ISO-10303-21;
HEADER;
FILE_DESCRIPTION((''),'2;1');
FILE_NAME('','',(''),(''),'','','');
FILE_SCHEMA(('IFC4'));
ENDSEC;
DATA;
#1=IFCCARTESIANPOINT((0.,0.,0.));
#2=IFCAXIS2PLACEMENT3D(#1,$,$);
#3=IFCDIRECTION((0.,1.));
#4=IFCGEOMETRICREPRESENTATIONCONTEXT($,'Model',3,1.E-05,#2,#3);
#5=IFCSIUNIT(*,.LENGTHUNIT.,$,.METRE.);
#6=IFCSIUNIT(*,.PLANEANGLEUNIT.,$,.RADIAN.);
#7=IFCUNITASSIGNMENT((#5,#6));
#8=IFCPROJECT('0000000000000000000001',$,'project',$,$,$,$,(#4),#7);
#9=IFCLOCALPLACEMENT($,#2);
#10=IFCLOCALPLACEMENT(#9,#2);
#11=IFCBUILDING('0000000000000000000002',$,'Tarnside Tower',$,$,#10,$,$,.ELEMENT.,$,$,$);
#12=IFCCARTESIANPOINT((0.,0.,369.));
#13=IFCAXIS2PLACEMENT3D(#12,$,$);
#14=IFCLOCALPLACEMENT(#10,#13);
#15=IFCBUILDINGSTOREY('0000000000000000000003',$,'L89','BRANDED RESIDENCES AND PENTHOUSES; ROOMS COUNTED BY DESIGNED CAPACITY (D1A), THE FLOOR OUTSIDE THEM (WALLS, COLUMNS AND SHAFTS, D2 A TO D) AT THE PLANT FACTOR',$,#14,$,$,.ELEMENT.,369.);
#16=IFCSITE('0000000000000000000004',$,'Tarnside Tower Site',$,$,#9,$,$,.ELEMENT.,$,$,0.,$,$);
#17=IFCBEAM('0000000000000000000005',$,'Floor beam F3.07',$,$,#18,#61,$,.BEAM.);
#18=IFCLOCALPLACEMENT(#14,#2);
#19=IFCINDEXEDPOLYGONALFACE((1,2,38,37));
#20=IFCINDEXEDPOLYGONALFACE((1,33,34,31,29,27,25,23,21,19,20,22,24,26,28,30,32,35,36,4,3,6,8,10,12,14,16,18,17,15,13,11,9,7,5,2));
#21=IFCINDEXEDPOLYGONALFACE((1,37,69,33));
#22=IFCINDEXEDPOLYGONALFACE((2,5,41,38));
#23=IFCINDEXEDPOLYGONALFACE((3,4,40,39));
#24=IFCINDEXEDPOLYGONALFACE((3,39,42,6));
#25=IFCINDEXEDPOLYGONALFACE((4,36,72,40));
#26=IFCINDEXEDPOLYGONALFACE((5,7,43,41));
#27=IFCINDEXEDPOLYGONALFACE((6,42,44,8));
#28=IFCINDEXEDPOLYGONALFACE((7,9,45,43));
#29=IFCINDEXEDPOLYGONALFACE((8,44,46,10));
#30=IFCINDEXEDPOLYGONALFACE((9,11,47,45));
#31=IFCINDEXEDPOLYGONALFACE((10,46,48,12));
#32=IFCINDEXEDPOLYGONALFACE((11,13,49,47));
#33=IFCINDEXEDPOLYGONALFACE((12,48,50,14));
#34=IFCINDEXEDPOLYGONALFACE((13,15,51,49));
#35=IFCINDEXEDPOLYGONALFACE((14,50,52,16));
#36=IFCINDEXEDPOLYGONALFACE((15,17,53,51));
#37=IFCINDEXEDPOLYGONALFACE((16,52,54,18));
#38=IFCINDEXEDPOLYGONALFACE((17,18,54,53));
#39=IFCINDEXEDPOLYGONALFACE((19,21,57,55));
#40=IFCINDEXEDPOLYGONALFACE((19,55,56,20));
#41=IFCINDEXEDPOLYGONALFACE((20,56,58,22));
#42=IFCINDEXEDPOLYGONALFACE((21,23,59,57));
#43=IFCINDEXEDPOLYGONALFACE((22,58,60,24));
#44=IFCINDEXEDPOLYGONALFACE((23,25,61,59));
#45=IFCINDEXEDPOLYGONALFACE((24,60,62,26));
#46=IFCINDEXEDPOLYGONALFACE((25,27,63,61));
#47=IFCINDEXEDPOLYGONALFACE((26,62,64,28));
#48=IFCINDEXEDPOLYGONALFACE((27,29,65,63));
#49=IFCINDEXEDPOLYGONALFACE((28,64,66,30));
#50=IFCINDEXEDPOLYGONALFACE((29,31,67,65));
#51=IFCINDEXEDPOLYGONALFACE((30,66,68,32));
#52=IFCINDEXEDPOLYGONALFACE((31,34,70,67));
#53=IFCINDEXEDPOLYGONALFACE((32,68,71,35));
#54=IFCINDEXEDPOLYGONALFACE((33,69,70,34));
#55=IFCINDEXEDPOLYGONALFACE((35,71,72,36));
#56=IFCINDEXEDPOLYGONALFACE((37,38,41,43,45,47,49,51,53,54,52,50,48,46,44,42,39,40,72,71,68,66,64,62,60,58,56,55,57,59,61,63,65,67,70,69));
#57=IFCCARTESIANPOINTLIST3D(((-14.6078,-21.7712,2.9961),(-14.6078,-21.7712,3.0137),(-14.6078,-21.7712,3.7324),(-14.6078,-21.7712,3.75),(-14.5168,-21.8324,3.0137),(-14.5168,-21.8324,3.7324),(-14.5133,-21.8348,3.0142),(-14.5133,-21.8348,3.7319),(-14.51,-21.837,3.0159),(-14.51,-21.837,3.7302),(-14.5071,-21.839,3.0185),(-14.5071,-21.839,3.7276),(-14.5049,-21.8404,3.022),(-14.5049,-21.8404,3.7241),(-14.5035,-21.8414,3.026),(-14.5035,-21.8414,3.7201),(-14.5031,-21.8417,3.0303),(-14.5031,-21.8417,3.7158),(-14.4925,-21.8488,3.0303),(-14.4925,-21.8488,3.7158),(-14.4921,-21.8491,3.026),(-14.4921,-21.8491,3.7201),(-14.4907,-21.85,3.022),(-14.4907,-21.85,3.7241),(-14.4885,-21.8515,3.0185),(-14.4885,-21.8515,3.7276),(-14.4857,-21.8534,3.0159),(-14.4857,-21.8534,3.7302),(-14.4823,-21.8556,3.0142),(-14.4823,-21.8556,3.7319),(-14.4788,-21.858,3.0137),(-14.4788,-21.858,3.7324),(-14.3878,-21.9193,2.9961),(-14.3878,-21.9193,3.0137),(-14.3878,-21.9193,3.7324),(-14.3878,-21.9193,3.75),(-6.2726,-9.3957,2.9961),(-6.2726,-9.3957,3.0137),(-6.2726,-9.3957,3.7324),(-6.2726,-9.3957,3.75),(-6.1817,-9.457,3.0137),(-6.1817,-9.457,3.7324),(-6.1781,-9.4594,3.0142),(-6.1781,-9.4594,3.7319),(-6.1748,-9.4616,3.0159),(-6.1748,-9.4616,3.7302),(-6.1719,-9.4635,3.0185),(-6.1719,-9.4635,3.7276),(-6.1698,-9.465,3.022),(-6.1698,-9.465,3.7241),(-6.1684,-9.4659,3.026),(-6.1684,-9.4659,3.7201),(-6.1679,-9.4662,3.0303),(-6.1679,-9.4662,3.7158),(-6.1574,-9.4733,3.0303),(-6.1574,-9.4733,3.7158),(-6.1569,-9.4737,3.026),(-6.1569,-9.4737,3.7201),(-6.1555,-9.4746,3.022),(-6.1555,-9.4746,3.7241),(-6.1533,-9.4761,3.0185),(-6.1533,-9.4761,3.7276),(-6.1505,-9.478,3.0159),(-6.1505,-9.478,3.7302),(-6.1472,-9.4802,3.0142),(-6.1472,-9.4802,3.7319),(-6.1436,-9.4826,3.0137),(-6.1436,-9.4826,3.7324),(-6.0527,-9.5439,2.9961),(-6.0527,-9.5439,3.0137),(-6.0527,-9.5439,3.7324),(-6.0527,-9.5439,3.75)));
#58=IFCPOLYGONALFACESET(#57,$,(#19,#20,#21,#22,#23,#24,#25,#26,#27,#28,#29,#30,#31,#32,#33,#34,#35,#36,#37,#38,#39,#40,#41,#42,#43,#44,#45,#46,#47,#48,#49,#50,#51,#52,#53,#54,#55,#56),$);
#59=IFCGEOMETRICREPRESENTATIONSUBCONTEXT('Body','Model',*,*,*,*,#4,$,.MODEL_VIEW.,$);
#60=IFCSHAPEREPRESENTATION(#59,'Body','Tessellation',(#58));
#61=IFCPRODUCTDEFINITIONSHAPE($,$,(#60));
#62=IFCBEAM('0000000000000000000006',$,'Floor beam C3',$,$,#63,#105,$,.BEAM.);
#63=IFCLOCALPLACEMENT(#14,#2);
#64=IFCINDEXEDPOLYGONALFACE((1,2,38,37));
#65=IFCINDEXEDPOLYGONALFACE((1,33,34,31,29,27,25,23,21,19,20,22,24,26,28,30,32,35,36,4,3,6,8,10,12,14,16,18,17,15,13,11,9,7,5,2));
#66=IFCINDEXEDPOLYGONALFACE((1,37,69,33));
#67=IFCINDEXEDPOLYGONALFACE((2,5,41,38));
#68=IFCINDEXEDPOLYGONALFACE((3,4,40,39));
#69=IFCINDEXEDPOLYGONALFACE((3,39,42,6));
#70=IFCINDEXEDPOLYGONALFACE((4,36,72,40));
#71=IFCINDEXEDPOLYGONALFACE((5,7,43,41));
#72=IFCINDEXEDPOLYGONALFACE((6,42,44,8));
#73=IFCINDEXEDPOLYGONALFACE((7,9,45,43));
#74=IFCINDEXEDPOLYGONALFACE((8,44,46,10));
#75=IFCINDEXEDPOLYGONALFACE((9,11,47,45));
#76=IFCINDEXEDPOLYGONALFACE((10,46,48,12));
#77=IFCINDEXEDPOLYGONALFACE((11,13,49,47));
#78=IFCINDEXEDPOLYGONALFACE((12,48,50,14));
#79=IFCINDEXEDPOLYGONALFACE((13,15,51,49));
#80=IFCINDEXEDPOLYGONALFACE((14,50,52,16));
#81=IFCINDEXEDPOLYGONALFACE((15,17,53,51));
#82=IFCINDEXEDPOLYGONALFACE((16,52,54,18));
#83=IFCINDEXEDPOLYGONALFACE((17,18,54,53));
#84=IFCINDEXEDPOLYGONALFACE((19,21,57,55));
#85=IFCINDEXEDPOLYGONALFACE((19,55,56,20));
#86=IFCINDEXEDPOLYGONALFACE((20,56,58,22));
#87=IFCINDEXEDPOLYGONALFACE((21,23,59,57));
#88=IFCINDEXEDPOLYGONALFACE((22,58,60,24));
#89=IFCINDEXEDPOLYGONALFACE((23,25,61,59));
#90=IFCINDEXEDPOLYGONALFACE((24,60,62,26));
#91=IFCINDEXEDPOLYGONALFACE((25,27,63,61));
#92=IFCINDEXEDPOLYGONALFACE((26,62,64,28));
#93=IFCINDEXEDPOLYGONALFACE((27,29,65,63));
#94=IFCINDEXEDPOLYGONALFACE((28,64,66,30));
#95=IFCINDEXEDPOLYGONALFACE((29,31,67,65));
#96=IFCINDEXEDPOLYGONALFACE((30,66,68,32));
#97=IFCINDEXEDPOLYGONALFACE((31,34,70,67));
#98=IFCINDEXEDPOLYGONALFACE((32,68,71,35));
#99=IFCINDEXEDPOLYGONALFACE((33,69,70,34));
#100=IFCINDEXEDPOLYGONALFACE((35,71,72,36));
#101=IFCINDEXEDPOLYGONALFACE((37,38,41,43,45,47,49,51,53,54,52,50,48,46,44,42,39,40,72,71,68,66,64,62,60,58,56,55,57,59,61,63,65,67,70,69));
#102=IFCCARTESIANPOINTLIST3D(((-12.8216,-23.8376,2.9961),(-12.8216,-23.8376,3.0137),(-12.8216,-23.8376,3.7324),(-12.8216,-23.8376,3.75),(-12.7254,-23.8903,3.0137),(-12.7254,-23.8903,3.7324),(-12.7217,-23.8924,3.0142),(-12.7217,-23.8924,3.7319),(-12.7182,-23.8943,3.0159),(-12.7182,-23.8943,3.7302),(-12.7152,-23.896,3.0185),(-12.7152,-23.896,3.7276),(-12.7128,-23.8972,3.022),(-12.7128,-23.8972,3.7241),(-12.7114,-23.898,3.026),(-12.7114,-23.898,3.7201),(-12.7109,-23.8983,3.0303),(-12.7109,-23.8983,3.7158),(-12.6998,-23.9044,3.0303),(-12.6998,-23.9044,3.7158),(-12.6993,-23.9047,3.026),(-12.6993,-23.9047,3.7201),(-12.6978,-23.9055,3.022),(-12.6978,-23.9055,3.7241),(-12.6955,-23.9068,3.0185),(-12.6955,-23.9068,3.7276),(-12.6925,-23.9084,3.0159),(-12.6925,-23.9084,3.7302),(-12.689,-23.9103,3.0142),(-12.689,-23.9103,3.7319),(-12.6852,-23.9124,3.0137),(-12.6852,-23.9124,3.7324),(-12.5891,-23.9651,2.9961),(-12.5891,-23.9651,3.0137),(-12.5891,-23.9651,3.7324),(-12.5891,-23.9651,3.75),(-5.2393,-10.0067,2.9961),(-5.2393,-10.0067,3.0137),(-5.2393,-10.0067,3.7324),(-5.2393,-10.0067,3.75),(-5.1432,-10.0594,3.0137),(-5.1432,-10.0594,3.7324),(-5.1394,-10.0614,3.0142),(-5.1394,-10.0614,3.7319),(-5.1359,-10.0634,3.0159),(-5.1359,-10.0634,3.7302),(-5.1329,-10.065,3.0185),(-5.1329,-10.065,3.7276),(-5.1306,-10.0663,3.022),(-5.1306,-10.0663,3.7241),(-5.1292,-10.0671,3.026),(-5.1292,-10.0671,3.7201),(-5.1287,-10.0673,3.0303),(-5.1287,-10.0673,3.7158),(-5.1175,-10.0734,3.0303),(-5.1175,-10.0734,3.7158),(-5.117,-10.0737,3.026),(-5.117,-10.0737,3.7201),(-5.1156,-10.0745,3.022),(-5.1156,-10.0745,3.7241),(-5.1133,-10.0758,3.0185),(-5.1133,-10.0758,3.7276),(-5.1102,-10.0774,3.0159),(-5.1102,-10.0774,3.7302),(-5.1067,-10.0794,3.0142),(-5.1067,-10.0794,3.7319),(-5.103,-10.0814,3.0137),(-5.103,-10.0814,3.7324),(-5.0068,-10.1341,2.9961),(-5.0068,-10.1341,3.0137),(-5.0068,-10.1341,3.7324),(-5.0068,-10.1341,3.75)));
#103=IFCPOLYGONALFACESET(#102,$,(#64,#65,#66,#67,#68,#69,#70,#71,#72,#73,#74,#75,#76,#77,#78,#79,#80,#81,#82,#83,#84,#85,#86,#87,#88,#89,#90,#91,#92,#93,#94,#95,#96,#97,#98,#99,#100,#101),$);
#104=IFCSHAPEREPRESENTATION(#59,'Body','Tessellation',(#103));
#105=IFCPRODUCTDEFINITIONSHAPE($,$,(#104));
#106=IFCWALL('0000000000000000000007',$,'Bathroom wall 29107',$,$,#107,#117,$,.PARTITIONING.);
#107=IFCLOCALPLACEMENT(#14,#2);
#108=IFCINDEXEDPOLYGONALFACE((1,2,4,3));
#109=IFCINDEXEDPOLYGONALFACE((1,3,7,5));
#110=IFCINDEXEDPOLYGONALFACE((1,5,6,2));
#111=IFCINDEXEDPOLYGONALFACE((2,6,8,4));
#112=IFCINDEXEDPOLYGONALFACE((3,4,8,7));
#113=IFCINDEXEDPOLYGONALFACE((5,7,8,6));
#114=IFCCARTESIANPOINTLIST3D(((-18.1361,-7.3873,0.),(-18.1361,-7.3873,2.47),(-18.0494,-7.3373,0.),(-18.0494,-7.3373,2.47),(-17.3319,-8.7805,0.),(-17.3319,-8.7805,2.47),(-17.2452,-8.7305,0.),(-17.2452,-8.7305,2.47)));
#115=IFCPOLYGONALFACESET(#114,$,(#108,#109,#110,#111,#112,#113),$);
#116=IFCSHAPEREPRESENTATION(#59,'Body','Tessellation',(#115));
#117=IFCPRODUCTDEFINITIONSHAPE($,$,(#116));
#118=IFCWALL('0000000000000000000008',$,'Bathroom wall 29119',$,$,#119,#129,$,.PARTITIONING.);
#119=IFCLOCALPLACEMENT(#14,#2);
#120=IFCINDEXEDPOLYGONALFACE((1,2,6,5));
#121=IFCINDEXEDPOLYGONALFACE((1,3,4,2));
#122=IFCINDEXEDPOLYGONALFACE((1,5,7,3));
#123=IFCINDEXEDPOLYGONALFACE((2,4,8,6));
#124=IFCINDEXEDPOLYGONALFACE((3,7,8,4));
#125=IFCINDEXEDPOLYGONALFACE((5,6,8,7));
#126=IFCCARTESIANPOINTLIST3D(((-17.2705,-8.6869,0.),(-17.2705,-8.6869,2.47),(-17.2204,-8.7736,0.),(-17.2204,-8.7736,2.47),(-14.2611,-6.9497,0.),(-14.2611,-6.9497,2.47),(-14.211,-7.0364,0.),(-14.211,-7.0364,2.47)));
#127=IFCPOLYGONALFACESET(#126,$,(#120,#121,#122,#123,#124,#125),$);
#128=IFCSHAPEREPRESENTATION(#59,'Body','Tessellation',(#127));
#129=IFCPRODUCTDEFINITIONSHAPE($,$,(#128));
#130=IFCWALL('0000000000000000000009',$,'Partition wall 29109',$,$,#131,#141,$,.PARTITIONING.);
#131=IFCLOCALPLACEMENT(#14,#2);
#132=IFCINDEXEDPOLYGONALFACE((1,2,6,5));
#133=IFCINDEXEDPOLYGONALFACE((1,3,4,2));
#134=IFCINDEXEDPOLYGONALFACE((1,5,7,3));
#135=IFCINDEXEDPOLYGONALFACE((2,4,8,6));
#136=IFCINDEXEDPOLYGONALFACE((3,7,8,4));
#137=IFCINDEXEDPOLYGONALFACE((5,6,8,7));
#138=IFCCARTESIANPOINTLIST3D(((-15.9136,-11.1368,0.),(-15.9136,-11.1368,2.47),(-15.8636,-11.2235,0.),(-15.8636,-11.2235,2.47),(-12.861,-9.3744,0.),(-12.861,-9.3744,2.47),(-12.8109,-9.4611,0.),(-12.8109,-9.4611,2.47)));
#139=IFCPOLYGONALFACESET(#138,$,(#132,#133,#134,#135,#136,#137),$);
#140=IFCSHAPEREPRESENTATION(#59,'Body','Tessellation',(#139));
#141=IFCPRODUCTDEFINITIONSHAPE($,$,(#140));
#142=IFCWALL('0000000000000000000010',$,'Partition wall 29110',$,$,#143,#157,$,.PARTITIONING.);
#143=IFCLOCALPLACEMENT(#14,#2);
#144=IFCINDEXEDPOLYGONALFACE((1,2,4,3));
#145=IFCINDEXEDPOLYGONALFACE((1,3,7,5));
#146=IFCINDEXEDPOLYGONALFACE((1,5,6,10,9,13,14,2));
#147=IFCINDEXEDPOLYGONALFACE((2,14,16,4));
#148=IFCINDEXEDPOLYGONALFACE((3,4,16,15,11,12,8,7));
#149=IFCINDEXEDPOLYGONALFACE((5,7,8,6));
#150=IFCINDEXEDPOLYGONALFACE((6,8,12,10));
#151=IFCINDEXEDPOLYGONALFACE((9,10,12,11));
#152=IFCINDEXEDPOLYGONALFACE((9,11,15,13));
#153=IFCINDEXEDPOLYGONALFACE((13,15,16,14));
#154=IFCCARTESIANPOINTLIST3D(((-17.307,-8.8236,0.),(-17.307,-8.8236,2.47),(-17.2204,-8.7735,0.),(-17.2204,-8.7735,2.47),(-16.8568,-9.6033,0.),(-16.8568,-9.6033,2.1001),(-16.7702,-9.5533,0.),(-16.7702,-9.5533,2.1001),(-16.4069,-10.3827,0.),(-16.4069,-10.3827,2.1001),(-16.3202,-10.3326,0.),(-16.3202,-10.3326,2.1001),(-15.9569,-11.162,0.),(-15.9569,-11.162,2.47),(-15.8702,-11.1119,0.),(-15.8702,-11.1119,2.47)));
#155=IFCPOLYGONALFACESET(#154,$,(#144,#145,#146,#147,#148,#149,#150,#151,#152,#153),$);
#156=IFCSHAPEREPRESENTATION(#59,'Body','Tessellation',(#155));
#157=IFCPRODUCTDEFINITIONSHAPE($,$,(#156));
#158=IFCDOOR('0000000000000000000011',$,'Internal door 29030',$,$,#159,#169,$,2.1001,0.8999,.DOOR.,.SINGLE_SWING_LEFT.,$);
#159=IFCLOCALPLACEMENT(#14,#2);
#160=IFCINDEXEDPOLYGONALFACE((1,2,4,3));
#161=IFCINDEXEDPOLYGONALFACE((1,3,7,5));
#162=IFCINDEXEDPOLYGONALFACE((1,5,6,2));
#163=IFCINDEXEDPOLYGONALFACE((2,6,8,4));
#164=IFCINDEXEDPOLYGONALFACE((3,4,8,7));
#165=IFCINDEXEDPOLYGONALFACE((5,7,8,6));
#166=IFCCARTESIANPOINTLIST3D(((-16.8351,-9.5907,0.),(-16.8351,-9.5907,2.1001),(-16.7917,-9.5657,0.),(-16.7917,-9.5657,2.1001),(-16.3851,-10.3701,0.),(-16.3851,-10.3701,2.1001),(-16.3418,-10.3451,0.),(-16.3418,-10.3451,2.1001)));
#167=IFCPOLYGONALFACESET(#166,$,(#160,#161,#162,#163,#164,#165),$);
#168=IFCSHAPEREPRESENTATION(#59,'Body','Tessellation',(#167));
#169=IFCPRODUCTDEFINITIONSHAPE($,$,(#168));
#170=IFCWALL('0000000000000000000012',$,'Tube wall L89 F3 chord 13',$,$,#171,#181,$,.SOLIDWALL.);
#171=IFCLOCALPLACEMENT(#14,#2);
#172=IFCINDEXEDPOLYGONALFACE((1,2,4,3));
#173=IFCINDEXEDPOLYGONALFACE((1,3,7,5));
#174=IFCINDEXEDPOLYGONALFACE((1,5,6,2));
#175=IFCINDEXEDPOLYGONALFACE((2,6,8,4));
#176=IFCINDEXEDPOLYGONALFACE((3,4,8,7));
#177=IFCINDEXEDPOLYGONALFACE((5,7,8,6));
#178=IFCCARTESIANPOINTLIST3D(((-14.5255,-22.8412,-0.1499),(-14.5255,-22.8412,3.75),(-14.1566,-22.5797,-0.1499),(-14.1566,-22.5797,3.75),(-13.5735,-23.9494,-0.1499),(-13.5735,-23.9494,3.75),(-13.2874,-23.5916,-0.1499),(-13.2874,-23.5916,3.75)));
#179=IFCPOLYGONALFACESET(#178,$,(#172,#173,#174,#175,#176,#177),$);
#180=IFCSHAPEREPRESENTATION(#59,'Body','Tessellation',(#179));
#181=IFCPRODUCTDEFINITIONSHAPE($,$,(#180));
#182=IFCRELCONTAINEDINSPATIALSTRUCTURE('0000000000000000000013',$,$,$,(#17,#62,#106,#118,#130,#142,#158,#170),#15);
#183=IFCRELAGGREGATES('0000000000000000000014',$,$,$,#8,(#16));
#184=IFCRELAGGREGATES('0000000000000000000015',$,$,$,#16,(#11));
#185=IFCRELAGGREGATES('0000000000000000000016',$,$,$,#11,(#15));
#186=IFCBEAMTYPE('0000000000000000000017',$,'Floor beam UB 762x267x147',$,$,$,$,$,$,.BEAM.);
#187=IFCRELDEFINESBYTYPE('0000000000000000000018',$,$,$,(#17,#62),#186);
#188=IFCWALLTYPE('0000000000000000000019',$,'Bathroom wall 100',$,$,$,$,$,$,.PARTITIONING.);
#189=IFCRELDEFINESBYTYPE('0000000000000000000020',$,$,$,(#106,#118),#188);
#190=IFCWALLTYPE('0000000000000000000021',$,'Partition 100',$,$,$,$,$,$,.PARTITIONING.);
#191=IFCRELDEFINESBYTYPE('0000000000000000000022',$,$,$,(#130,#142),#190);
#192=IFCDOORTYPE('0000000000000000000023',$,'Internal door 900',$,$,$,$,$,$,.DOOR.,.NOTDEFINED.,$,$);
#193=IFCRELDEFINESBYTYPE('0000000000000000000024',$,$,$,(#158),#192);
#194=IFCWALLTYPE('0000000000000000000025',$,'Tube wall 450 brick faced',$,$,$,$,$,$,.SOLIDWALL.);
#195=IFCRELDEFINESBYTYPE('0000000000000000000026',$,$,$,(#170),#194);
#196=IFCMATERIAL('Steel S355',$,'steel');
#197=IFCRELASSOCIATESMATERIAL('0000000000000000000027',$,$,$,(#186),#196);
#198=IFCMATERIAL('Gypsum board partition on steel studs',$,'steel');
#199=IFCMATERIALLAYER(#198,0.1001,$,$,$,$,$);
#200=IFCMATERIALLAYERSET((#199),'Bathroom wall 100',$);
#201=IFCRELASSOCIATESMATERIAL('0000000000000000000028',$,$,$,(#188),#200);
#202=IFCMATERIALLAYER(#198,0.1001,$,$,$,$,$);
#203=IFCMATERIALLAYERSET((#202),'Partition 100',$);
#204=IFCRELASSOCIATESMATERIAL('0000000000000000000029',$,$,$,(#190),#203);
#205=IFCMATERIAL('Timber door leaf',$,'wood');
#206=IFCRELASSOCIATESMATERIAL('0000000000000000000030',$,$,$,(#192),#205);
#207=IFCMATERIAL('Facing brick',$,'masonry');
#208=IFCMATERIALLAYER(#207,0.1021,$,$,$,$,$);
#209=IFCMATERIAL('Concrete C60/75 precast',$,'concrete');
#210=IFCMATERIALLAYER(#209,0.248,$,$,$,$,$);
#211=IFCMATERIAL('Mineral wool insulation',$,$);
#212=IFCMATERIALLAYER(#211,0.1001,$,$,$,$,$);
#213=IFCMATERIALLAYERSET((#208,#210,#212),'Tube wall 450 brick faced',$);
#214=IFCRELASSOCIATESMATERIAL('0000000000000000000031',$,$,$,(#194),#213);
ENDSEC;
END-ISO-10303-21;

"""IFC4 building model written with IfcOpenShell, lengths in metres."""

from ifc_helpers import new_model, si_unit, direction, frame, frame_2d, origin, origin_2d, place, context, subcontext, project, spatial, polyline, rectangle, i_section, outline, extrude, material, layer, layer_set, material_profile, profile_set, type_object, element, fill, save


model = new_model("IFC4")

# Units and contexts
model_context = context("Model", 3, precision=1e-05, world=origin(), true_north=direction((0.0, 1.0)))
body_context = subcontext(model_context, "Body", "Model", "MODEL_VIEW")
ifc_project = project(units=[si_unit("LENGTHUNIT", "METRE"), si_unit("PLANEANGLEUNIT", "RADIAN")], contexts=[model_context])

# Site, building, storey
site_placement = place(None, origin())
site = spatial("IfcSite", under=ifc_project, at=site_placement, Name="Tarnside Tower Site", CompositionType="ELEMENT", RefElevation=0.0)
building_placement = place(site_placement, origin())
building = spatial("IfcBuilding", under=site, at=building_placement, Name="Tarnside Tower", CompositionType="ELEMENT")
storey_placement = place(building_placement, frame((0.0, 0.0, 369.0)))
storey = spatial("IfcBuildingStorey", under=building, at=storey_placement, Name="L89", Description="BRANDED RESIDENCES AND PENTHOUSES; ROOMS COUNTED BY DESIGNED CAPACITY (D1A), THE FLOOR OUTSIDE THEM (WALLS, COLUMNS AND SHAFTS, D2 A TO D) AT THE PLANT FACTOR", CompositionType="ELEMENT", Elevation=369.0)

# Beams
ifc_material_1 = material(Name="Steel S355", Category="steel")
ifc_material_profile_1 = material_profile(ifc_material_1, i_section(OverallWidth=0.2651, OverallDepth=0.7539, WebThickness=0.0127, FlangeThickness=0.0176, FilletRadius=0.0166, at=origin_2d()), Name="UB 762x267x147")
ifc_profile_set_1 = profile_set([ifc_material_profile_1], Name="Steel S355")
beam_type_1 = type_object("IfcBeamType", Name="Floor beam UB 762x267x147", PredefinedType="BEAM", material=ifc_profile_set_1)
beam_1_placement = place(storey_placement, frame((-14.4978, -21.8452, 3.373), z_axis=(0.558632, 0.829415, 0.0), x_axis=(-0.829415, 0.558632, 0.0)))
element("IfcBeam", 1, at=beam_1_placement, inside=storey, type_object=beam_type_1, Name="Floor beam F3.07", PredefinedType="BEAM", context=body_context, shape_type="SweptSolid", body=[
    extrude(i_section(OverallWidth=0.2651, OverallDepth=0.7539, WebThickness=0.0127, FlangeThickness=0.0176, FilletRadius=0.0166, at=origin_2d()), origin(), (0.0, 0.0, 1.0), 14.9207),
])
beam_2_placement = place(storey_placement, frame((-12.7053, -23.9014, 3.373), z_axis=(0.480711, 0.876879, 0.0), x_axis=(-0.876879, 0.480711, 0.0)))
element("IfcBeam", 2, at=beam_2_placement, inside=storey, type_object=beam_type_1, Name="Floor beam C3", PredefinedType="BEAM", context=body_context, shape_type="SweptSolid", body=[
    extrude(i_section(OverallWidth=0.2651, OverallDepth=0.7539, WebThickness=0.0127, FlangeThickness=0.0176, FilletRadius=0.0166, at=origin_2d()), origin(), (0.0, 0.0, 1.0), 15.7729),
])

# Walls
ifc_material_2 = material(Name="Gypsum board partition on steel studs", Category="steel")
ifc_layer_1 = layer(ifc_material_2, 0.1001)
ifc_layer_set_1 = layer_set([ifc_layer_1], Name="Bathroom wall 100")
wall_type_1 = type_object("IfcWallType", Name="Bathroom wall 100", PredefinedType="PARTITIONING", material=ifc_layer_set_1)
wall_1_placement = place(storey_placement, frame((-17.2886, -8.7554, 0.0), z_axis=(0.0, 0.0, 1.0), x_axis=(-0.499959, 0.866049, 0.0)))
element("IfcWall", 3, at=wall_1_placement, inside=storey, type_object=wall_type_1, Name="Bathroom wall 29107", PredefinedType="PARTITIONING", context=body_context, shape_type="SweptSolid", body=[
    extrude(rectangle(XDim=1.6086, YDim=0.1001, at=frame_2d((0.8042, 0.0))), origin(), (0.0, 0.0, 1.0), 2.47),
])
wall_2_placement = place(storey_placement, frame((-17.2454, -8.7302, 0.0), z_axis=(0.0, 0.0, 1.0), x_axis=(0.866056, 0.499947, 0.0)))
element("IfcWall", 4, at=wall_2_placement, inside=storey, type_object=wall_type_1, Name="Bathroom wall 29119", PredefinedType="PARTITIONING", context=body_context, shape_type="SweptSolid", body=[
    extrude(rectangle(XDim=3.4749, YDim=0.1001, at=frame_2d((1.7373, 0.0))), origin(), (0.0, 0.0, 1.0), 2.47),
])
ifc_layer_2 = layer(ifc_material_2, 0.1001)
ifc_layer_set_2 = layer_set([ifc_layer_2], Name="Partition 100")
wall_type_2 = type_object("IfcWallType", Name="Partition 100", PredefinedType="PARTITIONING", material=ifc_layer_set_2)
wall_3_placement = place(storey_placement, frame((-12.8359, -9.4177, 0.0), z_axis=(0.0, 0.0, 1.0), x_axis=(-0.866031, -0.49999, 0.0)))
element("IfcWall", 5, at=wall_3_placement, inside=storey, type_object=wall_type_2, Name="Partition wall 29109", PredefinedType="PARTITIONING", context=body_context, shape_type="SweptSolid", body=[
    extrude(rectangle(XDim=3.5249, YDim=0.1001, at=frame_2d((1.7625, 0.0))), origin(), (0.0, 0.0, 1.0), 2.47),
])

# Wall, opening, door
wall_4_placement = place(storey_placement, frame((-15.9136, -11.137, 0.0), z_axis=(0.0, 0.0, 1.0), x_axis=(-0.500009, 0.86602, 0.0)))
wall_4 = element("IfcWall", 6, at=wall_4_placement, inside=storey, type_object=wall_type_2, Name="Partition wall 29110", PredefinedType="PARTITIONING", context=body_context, shape_type="SweptSolid", body=[
    extrude(rectangle(XDim=2.7002, YDim=0.1001, at=frame_2d((1.3501, 0.0))), origin(), (0.0, 0.0, 1.0), 2.47),
])
opening_placement = place(wall_4_placement, frame((0.8999, 0.0, 0.0)))
opening = element("IfcOpeningElement", 7, at=opening_placement, cuts=wall_4, PredefinedType="OPENING", context=body_context, shape_type="SweptSolid", body=[
    extrude(rectangle(XDim=0.8999, YDim=2.1001, at=frame_2d((0.45, 1.05))), frame((0.0, 0.0601, 0.0), z_axis=(0.0, -1.0, 0.0), x_axis=(1.0, 0.0, 0.0)), (0.0, 0.0, 1.0), 0.1201),
])
ifc_material_3 = material(Name="Timber door leaf", Category="wood")
door_type = type_object("IfcDoorType", Name="Internal door 900", OperationType="NOTDEFINED", PredefinedType="DOOR", material=ifc_material_3)
door_placement = place(opening_placement, origin())
door = element("IfcDoor", 8, at=door_placement, inside=storey, type_object=door_type, Name="Internal door 29030", OperationType="SINGLE_SWING_LEFT", OverallHeight=2.1001, OverallWidth=0.8999, PredefinedType="DOOR", context=body_context, shape_type="SweptSolid", body=[
    extrude(rectangle(XDim=0.8999, YDim=2.1001, at=frame_2d((0.45, 1.05))), frame((0.0, 0.0249, 0.0), z_axis=(0.0, -1.0, 0.0), x_axis=(1.0, 0.0, 0.0)), (0.0, 0.0, 1.0), 0.05),
])
fill(opening, door)

# Wall
ifc_material_4 = material(Name="Facing brick", Category="masonry")
ifc_layer_3 = layer(ifc_material_4, 0.1021)
ifc_material_5 = material(Name="Concrete C60/75 precast", Category="concrete")
ifc_layer_4 = layer(ifc_material_5, 0.248)
ifc_material_6 = material(Name="Mineral wool insulation")
ifc_layer_5 = layer(ifc_material_6, 0.1001)
ifc_layer_set_3 = layer_set([ifc_layer_3, ifc_layer_4, ifc_layer_5], Name="Tube wall 450 brick faced")
wall_type_3 = type_object("IfcWallType", Name="Tube wall 450 brick faced", PredefinedType="SOLIDWALL", material=ifc_layer_set_3)
wall_5_placement = place(storey_placement, frame((-14.3411, -22.7104, -0.1499), z_axis=(0.0, 0.0, 1.0), x_axis=(0.651625, -0.758541, 0.0)))
element("IfcWall", 9, at=wall_5_placement, inside=storey, type_object=wall_type_3, Name="Tube wall L89 F3 chord 13", PredefinedType="SOLIDWALL", context=body_context, shape_type="SweptSolid", body=[
    extrude(outline(polyline([(-0.021, -0.2251), (1.4399, -0.2251), (1.355, 0.2251), (0.021, 0.2251), (-0.021, -0.2251)])), origin(), (0.0, 0.0, 1.0), 3.8999),
])

save(model, "model.ifc")
